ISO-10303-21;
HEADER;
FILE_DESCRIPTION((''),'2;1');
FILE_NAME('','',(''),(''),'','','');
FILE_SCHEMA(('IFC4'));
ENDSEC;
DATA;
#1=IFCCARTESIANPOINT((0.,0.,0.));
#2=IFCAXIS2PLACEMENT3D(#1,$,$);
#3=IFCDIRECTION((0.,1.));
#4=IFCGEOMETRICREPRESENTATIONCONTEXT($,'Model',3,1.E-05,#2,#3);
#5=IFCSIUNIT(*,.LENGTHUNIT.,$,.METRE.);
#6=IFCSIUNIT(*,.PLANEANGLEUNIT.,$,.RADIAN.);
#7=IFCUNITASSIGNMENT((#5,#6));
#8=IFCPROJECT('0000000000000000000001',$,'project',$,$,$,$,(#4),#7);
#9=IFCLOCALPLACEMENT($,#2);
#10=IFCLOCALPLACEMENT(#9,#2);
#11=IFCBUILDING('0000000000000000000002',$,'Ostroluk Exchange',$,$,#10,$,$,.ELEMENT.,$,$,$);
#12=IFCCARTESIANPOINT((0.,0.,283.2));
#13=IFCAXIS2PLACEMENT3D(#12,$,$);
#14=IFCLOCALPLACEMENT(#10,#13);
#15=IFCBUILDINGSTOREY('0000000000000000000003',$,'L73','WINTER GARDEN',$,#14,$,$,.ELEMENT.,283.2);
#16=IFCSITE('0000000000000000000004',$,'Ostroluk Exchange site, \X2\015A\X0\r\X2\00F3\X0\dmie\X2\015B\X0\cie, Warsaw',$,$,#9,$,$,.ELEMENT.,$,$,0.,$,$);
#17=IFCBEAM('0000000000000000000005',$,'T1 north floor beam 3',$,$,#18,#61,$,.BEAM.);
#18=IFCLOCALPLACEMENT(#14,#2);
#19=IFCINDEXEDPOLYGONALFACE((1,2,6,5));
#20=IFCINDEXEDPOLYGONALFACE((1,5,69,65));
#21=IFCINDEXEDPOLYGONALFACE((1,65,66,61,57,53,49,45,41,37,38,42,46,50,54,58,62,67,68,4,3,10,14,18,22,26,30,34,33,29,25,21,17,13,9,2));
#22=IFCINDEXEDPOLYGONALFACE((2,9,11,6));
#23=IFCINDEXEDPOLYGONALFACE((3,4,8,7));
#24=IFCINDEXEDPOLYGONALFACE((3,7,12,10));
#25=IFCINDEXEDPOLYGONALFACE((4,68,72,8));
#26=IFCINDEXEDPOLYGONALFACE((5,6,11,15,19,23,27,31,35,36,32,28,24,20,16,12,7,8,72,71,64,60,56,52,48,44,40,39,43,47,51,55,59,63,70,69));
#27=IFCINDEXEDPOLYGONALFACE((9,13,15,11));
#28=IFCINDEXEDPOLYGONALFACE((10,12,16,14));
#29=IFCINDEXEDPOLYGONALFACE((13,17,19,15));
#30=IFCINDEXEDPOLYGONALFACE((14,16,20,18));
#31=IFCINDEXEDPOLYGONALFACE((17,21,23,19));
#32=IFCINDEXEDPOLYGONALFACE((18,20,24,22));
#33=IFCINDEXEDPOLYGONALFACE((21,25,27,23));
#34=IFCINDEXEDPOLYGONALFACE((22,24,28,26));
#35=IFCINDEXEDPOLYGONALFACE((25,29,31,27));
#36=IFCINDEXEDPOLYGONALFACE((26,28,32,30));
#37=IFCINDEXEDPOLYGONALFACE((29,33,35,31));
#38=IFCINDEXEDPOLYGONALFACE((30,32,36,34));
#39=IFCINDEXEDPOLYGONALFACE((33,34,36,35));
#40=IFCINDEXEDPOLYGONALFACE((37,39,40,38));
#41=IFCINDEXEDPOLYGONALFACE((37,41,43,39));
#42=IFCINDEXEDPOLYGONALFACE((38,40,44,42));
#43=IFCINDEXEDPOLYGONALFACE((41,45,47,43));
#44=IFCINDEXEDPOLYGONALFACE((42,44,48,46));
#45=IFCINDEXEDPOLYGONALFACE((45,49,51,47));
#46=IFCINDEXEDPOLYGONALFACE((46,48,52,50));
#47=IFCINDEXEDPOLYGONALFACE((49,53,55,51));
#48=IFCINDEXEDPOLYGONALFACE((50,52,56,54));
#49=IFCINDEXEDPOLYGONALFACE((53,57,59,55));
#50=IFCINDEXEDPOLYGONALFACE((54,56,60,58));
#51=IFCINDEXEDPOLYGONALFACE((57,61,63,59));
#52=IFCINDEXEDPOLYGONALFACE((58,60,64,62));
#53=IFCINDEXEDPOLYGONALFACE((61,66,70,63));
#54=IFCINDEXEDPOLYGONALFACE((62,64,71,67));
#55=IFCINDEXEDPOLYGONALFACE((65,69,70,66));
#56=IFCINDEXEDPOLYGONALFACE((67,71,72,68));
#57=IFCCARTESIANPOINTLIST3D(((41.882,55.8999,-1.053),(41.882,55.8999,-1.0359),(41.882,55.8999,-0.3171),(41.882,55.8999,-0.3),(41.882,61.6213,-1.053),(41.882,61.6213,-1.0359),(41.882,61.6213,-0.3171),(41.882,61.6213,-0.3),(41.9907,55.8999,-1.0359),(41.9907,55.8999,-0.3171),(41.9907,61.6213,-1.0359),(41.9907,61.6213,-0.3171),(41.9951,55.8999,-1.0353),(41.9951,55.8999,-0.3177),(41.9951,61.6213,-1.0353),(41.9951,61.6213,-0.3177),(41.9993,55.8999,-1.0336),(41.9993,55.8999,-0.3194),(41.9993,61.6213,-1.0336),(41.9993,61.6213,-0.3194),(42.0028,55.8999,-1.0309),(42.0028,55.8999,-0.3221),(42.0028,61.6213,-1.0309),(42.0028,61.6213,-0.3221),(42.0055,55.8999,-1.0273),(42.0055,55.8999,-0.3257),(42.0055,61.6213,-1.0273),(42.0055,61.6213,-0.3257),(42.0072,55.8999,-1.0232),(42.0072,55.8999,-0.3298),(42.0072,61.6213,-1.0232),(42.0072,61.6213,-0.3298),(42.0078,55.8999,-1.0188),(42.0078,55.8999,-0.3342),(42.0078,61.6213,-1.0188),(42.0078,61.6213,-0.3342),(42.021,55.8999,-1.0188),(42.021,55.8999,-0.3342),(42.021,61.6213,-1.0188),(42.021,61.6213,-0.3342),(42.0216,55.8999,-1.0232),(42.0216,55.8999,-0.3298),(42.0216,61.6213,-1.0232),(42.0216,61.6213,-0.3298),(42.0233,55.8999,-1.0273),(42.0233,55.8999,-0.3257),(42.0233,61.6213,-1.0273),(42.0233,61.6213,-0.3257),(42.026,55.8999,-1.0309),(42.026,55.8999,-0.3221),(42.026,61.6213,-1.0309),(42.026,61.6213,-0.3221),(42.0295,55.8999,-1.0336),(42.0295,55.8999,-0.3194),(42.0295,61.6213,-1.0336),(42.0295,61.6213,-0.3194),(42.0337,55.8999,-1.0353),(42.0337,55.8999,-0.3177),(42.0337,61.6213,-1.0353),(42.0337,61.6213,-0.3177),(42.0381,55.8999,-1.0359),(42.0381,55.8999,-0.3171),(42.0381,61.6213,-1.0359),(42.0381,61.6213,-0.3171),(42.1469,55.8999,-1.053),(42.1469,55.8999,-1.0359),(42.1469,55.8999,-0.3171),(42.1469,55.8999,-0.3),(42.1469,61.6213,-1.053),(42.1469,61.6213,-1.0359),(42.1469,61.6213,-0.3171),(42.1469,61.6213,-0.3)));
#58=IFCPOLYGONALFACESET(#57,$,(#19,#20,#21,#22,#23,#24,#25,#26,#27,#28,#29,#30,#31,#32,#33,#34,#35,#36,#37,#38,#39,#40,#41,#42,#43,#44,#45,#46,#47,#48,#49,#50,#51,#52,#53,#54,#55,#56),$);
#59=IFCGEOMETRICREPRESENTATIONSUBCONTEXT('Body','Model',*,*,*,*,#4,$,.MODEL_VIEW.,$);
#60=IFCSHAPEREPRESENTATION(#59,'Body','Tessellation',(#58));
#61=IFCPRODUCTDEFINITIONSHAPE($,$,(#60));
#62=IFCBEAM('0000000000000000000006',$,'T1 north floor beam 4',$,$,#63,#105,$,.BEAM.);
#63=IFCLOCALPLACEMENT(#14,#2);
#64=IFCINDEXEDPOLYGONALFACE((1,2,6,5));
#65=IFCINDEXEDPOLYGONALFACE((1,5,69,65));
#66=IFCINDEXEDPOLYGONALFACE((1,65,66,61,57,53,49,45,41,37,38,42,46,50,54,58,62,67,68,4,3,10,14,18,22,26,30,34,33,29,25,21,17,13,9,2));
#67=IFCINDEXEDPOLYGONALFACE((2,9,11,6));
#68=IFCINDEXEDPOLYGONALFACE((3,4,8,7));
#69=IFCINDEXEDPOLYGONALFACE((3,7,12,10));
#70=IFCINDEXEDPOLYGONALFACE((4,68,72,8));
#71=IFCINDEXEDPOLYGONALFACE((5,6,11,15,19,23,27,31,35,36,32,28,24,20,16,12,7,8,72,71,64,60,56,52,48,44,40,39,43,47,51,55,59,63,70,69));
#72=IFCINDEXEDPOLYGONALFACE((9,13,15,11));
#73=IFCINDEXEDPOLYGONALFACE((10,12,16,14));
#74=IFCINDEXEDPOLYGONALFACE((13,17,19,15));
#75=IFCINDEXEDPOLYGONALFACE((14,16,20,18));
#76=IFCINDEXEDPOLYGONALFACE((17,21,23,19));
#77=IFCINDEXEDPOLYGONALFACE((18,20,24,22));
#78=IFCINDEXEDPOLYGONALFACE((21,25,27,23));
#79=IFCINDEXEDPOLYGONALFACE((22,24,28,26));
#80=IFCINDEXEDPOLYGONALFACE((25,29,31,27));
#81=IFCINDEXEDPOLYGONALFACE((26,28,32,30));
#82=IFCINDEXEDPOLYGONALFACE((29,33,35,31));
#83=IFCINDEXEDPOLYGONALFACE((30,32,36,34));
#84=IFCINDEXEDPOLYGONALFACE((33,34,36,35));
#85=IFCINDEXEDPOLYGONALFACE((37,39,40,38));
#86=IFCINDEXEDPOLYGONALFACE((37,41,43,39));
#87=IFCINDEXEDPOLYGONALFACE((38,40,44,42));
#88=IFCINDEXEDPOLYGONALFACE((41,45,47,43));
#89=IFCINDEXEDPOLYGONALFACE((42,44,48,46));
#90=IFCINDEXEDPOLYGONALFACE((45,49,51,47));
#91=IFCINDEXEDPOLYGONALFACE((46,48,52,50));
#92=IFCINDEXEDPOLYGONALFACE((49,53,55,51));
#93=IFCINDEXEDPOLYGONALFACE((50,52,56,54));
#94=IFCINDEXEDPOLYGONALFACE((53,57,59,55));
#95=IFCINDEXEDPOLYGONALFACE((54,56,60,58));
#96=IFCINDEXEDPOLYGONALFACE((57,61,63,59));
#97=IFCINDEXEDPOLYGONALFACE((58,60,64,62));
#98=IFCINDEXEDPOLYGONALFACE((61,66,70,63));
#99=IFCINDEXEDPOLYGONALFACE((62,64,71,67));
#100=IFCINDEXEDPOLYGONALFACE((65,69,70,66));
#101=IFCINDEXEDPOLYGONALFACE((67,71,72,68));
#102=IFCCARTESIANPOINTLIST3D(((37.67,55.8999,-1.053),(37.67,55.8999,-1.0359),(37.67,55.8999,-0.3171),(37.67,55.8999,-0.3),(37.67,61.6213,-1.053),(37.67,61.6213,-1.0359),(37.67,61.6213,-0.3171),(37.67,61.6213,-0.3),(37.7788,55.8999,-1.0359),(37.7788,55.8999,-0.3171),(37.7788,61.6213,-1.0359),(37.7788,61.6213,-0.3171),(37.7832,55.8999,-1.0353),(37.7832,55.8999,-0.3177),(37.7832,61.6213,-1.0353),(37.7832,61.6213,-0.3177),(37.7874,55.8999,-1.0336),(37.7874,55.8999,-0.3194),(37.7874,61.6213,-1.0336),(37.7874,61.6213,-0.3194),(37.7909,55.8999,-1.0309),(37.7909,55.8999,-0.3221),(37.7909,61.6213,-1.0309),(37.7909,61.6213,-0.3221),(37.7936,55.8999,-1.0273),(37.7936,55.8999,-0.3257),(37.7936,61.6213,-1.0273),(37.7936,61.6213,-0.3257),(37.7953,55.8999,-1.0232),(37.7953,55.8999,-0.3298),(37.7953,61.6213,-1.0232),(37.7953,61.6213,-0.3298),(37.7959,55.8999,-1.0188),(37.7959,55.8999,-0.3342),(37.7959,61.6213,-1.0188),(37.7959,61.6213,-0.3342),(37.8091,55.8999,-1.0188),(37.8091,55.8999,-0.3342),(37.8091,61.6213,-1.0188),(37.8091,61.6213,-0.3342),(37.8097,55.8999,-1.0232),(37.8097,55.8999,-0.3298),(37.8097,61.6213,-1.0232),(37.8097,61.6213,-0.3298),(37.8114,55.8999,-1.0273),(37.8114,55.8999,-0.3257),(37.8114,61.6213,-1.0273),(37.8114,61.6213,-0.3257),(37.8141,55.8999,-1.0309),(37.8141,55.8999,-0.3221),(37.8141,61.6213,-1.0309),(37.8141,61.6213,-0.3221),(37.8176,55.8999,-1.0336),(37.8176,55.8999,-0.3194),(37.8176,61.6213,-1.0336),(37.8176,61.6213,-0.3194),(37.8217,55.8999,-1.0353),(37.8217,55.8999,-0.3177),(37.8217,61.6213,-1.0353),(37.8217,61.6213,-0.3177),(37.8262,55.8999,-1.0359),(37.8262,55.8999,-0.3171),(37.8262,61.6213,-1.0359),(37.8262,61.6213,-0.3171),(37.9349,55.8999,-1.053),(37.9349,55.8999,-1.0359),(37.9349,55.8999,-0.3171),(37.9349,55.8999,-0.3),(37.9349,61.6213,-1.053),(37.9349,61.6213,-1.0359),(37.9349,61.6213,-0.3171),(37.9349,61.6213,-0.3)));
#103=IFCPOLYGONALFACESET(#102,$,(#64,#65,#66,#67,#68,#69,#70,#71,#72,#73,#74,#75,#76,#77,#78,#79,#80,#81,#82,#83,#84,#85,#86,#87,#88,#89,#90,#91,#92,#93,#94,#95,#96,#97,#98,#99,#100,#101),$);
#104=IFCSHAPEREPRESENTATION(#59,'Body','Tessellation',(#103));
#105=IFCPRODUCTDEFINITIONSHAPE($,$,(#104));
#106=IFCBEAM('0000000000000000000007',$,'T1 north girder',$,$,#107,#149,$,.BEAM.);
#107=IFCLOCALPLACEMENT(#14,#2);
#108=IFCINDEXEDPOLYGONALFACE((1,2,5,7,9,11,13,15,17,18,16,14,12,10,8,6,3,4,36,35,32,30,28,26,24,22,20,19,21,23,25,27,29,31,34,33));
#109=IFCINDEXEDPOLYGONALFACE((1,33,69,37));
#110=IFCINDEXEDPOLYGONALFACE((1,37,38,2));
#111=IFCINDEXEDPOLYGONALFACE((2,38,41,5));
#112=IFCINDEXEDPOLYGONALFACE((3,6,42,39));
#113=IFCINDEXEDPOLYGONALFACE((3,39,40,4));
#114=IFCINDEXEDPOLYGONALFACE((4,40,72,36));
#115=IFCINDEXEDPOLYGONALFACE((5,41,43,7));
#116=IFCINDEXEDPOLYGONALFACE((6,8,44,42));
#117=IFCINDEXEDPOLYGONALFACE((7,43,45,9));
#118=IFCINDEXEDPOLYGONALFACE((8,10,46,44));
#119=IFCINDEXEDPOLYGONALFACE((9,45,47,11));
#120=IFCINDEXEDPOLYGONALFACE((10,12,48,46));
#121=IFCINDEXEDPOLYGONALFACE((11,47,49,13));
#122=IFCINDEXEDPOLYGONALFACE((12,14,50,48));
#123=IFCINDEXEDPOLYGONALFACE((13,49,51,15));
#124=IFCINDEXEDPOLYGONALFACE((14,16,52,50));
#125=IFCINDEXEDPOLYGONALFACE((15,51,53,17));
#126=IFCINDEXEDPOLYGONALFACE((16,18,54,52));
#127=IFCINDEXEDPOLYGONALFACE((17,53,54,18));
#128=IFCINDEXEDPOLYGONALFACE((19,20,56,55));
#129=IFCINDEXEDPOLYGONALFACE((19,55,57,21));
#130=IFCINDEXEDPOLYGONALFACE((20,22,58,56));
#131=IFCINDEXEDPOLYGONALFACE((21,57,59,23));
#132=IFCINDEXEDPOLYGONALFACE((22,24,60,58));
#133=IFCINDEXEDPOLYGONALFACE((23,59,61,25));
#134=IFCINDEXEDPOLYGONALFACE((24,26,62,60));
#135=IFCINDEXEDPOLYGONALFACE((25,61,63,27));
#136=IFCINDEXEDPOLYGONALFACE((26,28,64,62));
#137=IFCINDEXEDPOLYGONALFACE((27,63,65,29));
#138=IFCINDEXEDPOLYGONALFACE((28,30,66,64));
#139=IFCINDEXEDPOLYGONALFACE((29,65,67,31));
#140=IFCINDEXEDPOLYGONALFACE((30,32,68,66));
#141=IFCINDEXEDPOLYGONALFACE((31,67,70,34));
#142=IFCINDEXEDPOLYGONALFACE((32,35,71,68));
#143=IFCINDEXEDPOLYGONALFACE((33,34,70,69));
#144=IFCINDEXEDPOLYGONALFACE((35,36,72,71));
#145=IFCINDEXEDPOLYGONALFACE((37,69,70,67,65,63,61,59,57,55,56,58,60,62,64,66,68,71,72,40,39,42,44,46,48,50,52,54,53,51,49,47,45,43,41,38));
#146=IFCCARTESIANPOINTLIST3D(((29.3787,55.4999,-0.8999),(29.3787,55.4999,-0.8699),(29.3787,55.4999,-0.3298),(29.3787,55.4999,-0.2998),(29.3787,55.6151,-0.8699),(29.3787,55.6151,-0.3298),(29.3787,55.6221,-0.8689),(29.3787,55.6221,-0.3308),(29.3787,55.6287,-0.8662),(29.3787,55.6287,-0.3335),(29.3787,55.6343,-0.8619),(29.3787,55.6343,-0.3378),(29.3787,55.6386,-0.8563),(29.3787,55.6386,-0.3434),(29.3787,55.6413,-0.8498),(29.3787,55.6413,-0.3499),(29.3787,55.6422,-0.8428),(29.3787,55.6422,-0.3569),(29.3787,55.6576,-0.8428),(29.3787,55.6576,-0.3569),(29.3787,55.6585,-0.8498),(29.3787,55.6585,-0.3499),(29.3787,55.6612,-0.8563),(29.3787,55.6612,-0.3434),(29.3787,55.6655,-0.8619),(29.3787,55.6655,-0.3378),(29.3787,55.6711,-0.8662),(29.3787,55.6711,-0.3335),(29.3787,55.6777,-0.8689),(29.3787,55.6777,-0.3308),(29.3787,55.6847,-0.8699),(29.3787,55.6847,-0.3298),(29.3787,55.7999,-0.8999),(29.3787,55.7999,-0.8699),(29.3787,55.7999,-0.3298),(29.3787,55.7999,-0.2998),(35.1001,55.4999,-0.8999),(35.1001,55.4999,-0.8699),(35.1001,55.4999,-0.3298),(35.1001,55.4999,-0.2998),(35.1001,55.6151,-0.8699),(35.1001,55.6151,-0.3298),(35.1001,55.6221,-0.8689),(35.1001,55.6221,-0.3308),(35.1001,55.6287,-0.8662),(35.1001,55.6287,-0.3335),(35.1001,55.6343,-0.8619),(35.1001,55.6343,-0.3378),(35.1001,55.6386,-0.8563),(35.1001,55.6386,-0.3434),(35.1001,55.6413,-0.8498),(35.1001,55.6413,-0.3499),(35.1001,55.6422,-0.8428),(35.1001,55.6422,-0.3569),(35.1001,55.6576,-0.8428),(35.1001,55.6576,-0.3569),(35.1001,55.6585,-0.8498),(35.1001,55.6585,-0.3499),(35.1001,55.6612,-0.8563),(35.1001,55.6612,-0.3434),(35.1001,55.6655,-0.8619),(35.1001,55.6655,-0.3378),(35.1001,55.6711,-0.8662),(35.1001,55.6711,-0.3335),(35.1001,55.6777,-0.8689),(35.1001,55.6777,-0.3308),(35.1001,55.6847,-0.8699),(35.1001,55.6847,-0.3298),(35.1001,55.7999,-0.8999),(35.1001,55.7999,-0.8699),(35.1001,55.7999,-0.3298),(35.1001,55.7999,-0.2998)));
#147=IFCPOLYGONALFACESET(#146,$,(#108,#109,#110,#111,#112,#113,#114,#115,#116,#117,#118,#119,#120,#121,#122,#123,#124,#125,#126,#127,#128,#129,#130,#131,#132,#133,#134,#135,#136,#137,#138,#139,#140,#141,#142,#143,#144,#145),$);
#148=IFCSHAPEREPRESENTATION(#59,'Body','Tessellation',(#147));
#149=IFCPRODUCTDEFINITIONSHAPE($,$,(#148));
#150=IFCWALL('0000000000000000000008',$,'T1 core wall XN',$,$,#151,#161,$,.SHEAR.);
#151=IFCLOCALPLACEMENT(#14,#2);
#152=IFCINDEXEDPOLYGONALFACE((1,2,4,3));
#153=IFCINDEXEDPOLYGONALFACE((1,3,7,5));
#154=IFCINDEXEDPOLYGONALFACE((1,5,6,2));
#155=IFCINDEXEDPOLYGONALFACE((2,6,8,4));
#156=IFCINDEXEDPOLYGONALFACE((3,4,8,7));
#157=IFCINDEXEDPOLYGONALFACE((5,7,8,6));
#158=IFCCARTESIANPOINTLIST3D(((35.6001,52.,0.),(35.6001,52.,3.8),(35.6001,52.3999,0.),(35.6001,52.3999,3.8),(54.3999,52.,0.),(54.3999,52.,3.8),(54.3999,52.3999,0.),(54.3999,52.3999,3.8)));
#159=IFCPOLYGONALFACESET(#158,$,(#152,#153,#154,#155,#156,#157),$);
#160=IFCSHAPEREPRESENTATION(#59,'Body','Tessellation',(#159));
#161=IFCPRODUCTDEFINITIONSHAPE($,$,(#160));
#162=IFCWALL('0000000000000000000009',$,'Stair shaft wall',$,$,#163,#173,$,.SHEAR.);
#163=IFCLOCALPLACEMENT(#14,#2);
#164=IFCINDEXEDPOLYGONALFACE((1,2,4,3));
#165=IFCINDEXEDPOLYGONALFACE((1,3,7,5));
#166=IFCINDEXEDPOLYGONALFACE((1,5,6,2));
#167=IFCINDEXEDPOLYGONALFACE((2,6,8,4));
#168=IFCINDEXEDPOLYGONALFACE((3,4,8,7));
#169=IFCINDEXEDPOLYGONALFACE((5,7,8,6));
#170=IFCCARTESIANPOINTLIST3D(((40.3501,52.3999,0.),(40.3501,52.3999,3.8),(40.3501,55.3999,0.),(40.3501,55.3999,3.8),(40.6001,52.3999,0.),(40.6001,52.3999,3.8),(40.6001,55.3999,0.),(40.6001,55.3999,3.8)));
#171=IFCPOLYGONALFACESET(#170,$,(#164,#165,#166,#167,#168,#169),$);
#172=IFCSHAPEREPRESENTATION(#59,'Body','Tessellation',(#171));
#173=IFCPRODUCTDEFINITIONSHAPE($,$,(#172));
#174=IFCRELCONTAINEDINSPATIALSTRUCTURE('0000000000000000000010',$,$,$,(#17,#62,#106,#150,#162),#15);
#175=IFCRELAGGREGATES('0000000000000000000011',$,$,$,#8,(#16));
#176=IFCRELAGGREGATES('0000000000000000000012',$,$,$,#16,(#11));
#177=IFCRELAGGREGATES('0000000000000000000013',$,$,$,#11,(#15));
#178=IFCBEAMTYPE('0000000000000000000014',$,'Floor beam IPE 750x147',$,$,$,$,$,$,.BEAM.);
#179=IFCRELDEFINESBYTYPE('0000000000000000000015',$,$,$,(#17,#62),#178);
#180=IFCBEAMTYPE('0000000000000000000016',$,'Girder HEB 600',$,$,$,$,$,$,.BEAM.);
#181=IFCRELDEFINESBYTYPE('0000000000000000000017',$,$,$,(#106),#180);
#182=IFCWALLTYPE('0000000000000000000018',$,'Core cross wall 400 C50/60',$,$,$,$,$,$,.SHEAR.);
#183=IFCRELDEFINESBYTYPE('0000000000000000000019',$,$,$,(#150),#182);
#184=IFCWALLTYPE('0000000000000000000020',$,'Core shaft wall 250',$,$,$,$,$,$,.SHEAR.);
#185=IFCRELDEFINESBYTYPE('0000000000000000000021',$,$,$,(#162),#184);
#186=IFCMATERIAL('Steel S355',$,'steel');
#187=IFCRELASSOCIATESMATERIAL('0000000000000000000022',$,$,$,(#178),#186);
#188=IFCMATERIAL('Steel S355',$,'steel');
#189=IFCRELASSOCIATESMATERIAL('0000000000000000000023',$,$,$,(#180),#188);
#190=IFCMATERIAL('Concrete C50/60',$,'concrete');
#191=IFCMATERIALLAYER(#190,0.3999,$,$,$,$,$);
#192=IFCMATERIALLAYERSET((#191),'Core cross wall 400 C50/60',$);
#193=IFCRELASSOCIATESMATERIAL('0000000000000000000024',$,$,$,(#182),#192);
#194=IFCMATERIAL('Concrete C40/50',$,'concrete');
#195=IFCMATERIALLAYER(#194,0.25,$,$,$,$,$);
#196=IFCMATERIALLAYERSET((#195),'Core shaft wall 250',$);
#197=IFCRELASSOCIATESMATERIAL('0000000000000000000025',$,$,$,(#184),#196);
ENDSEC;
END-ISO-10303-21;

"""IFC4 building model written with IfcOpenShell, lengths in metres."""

from ifc_helpers import new_model, si_unit, direction, frame, frame_2d, origin, origin_2d, place, context, subcontext, project, spatial, rectangle, i_section, extrude, material, layer, layer_set, material_profile, profile_set, type_object, element, save


model = new_model("IFC4")

# Units and contexts
model_context = context("Model", 3, precision=1e-05, world=origin(), true_north=direction((0.0, 1.0)))
body_context = subcontext(model_context, "Body", "Model", "MODEL_VIEW")
ifc_project = project(units=[si_unit("LENGTHUNIT", "METRE"), si_unit("PLANEANGLEUNIT", "RADIAN")], contexts=[model_context])

# Site, building, storey
site_placement = place(None, origin())
site = spatial("IfcSite", under=ifc_project, at=site_placement, Name="Ostroluk Exchange site, Śródmieście, Warsaw", CompositionType="ELEMENT", RefElevation=0.0)
building_placement = place(site_placement, origin())
building = spatial("IfcBuilding", under=site, at=building_placement, Name="Ostroluk Exchange", CompositionType="ELEMENT")
storey_placement = place(building_placement, frame((0.0, 0.0, 283.2)))
storey = spatial("IfcBuildingStorey", under=building, at=storey_placement, Name="L73", Description="WINTER GARDEN", CompositionType="ELEMENT", Elevation=283.2)

# Beams
ifc_material_1 = material(Name="Steel S355", Category="steel")
ifc_material_profile_1 = material_profile(ifc_material_1, i_section(OverallWidth=0.2649, OverallDepth=0.7529, WebThickness=0.0132, FlangeThickness=0.0171, FilletRadius=0.0171, at=origin_2d()), Name="IPE 750x147")
ifc_profile_set_1 = profile_set([ifc_material_profile_1], Name="Steel S355")
beam_type_1 = type_object("IfcBeamType", Name="Floor beam IPE 750x147", PredefinedType="BEAM", material=ifc_profile_set_1)
for number, where, z_axis, x_axis, name in (
    (1, (42.0144, 55.8999, -0.6765), (0.0, 1.0, 0.0), (-1.0, 0.0, 0.0), "T1 north floor beam 3"),
    (2, (37.8025, 55.8999, -0.6765), (0.0, 1.0, 0.0), (-1.0, 0.0, 0.0), "T1 north floor beam 4"),
):
    element("IfcBeam", number, at=place(storey_placement, frame(where, z_axis=z_axis, x_axis=x_axis)), inside=storey, type_object=beam_type_1, Name=name, PredefinedType="BEAM", context=body_context, shape_type="SweptSolid", body=[
        extrude(i_section(OverallWidth=0.2649, OverallDepth=0.7529, WebThickness=0.0132, FlangeThickness=0.0171, FilletRadius=0.0171, at=origin_2d()), origin(), (0.0, 0.0, 1.0), 5.7214),
    ])
ifc_material_2 = material(Name="Steel S355", Category="steel")
ifc_material_profile_2 = material_profile(ifc_material_2, i_section(OverallWidth=0.3, OverallDepth=0.6001, WebThickness=0.0154, FlangeThickness=0.03, FilletRadius=0.0271, at=origin_2d()), Name="HEB 600")
ifc_profile_set_2 = profile_set([ifc_material_profile_2], Name="Steel S355")
beam_type_2 = type_object("IfcBeamType", Name="Girder HEB 600", PredefinedType="BEAM", material=ifc_profile_set_2)
beam_placement = place(storey_placement, frame((35.1001, 55.6499, -0.5999), z_axis=(-1.0, 0.0, 0.0), x_axis=(0.0, -1.0, 0.0)))
element("IfcBeam", 3, at=beam_placement, inside=storey, type_object=beam_type_2, Name="T1 north girder", PredefinedType="BEAM", context=body_context, shape_type="SweptSolid", body=[
    extrude(i_section(OverallWidth=0.3, OverallDepth=0.6001, WebThickness=0.0154, FlangeThickness=0.03, FilletRadius=0.0271, at=origin_2d()), origin(), (0.0, 0.0, 1.0), 5.7214),
])

# Walls
ifc_material_3 = material(Name="Concrete C50/60", Category="concrete")
ifc_layer_1 = layer(ifc_material_3, 0.3999)
ifc_layer_set_1 = layer_set([ifc_layer_1], Name="Core cross wall 400 C50/60")
wall_type_1 = type_object("IfcWallType", Name="Core cross wall 400 C50/60", PredefinedType="SHEAR", material=ifc_layer_set_1)
wall_1_placement = place(storey_placement, frame((35.6001, 52.2, 0.0), z_axis=(0.0, 0.0, 1.0), x_axis=(1.0, 0.0, 0.0)))
element("IfcWall", 4, at=wall_1_placement, inside=storey, type_object=wall_type_1, Name="T1 core wall XN", PredefinedType="SHEAR", context=body_context, shape_type="SweptSolid", body=[
    extrude(rectangle(XDim=18.7998, YDim=0.3999, at=frame_2d((9.3999, 0.0))), origin(), (0.0, 0.0, 1.0), 3.8),
])
ifc_material_4 = material(Name="Concrete C40/50", Category="concrete")
ifc_layer_2 = layer(ifc_material_4, 0.25)
ifc_layer_set_2 = layer_set([ifc_layer_2], Name="Core shaft wall 250")
wall_type_2 = type_object("IfcWallType", Name="Core shaft wall 250", PredefinedType="SHEAR", material=ifc_layer_set_2)
wall_2_placement = place(storey_placement, frame((40.4751, 52.3999, 0.0), z_axis=(0.0, 0.0, 1.0), x_axis=(0.0, 1.0, 0.0)))
element("IfcWall", 5, at=wall_2_placement, inside=storey, type_object=wall_type_2, Name="Stair shaft wall", PredefinedType="SHEAR", context=body_context, shape_type="SweptSolid", body=[
    extrude(rectangle(XDim=3.0, YDim=0.25, at=frame_2d((1.5, 0.0))), origin(), (0.0, 0.0, 1.0), 3.8),
])

save(model, "model.ifc")
